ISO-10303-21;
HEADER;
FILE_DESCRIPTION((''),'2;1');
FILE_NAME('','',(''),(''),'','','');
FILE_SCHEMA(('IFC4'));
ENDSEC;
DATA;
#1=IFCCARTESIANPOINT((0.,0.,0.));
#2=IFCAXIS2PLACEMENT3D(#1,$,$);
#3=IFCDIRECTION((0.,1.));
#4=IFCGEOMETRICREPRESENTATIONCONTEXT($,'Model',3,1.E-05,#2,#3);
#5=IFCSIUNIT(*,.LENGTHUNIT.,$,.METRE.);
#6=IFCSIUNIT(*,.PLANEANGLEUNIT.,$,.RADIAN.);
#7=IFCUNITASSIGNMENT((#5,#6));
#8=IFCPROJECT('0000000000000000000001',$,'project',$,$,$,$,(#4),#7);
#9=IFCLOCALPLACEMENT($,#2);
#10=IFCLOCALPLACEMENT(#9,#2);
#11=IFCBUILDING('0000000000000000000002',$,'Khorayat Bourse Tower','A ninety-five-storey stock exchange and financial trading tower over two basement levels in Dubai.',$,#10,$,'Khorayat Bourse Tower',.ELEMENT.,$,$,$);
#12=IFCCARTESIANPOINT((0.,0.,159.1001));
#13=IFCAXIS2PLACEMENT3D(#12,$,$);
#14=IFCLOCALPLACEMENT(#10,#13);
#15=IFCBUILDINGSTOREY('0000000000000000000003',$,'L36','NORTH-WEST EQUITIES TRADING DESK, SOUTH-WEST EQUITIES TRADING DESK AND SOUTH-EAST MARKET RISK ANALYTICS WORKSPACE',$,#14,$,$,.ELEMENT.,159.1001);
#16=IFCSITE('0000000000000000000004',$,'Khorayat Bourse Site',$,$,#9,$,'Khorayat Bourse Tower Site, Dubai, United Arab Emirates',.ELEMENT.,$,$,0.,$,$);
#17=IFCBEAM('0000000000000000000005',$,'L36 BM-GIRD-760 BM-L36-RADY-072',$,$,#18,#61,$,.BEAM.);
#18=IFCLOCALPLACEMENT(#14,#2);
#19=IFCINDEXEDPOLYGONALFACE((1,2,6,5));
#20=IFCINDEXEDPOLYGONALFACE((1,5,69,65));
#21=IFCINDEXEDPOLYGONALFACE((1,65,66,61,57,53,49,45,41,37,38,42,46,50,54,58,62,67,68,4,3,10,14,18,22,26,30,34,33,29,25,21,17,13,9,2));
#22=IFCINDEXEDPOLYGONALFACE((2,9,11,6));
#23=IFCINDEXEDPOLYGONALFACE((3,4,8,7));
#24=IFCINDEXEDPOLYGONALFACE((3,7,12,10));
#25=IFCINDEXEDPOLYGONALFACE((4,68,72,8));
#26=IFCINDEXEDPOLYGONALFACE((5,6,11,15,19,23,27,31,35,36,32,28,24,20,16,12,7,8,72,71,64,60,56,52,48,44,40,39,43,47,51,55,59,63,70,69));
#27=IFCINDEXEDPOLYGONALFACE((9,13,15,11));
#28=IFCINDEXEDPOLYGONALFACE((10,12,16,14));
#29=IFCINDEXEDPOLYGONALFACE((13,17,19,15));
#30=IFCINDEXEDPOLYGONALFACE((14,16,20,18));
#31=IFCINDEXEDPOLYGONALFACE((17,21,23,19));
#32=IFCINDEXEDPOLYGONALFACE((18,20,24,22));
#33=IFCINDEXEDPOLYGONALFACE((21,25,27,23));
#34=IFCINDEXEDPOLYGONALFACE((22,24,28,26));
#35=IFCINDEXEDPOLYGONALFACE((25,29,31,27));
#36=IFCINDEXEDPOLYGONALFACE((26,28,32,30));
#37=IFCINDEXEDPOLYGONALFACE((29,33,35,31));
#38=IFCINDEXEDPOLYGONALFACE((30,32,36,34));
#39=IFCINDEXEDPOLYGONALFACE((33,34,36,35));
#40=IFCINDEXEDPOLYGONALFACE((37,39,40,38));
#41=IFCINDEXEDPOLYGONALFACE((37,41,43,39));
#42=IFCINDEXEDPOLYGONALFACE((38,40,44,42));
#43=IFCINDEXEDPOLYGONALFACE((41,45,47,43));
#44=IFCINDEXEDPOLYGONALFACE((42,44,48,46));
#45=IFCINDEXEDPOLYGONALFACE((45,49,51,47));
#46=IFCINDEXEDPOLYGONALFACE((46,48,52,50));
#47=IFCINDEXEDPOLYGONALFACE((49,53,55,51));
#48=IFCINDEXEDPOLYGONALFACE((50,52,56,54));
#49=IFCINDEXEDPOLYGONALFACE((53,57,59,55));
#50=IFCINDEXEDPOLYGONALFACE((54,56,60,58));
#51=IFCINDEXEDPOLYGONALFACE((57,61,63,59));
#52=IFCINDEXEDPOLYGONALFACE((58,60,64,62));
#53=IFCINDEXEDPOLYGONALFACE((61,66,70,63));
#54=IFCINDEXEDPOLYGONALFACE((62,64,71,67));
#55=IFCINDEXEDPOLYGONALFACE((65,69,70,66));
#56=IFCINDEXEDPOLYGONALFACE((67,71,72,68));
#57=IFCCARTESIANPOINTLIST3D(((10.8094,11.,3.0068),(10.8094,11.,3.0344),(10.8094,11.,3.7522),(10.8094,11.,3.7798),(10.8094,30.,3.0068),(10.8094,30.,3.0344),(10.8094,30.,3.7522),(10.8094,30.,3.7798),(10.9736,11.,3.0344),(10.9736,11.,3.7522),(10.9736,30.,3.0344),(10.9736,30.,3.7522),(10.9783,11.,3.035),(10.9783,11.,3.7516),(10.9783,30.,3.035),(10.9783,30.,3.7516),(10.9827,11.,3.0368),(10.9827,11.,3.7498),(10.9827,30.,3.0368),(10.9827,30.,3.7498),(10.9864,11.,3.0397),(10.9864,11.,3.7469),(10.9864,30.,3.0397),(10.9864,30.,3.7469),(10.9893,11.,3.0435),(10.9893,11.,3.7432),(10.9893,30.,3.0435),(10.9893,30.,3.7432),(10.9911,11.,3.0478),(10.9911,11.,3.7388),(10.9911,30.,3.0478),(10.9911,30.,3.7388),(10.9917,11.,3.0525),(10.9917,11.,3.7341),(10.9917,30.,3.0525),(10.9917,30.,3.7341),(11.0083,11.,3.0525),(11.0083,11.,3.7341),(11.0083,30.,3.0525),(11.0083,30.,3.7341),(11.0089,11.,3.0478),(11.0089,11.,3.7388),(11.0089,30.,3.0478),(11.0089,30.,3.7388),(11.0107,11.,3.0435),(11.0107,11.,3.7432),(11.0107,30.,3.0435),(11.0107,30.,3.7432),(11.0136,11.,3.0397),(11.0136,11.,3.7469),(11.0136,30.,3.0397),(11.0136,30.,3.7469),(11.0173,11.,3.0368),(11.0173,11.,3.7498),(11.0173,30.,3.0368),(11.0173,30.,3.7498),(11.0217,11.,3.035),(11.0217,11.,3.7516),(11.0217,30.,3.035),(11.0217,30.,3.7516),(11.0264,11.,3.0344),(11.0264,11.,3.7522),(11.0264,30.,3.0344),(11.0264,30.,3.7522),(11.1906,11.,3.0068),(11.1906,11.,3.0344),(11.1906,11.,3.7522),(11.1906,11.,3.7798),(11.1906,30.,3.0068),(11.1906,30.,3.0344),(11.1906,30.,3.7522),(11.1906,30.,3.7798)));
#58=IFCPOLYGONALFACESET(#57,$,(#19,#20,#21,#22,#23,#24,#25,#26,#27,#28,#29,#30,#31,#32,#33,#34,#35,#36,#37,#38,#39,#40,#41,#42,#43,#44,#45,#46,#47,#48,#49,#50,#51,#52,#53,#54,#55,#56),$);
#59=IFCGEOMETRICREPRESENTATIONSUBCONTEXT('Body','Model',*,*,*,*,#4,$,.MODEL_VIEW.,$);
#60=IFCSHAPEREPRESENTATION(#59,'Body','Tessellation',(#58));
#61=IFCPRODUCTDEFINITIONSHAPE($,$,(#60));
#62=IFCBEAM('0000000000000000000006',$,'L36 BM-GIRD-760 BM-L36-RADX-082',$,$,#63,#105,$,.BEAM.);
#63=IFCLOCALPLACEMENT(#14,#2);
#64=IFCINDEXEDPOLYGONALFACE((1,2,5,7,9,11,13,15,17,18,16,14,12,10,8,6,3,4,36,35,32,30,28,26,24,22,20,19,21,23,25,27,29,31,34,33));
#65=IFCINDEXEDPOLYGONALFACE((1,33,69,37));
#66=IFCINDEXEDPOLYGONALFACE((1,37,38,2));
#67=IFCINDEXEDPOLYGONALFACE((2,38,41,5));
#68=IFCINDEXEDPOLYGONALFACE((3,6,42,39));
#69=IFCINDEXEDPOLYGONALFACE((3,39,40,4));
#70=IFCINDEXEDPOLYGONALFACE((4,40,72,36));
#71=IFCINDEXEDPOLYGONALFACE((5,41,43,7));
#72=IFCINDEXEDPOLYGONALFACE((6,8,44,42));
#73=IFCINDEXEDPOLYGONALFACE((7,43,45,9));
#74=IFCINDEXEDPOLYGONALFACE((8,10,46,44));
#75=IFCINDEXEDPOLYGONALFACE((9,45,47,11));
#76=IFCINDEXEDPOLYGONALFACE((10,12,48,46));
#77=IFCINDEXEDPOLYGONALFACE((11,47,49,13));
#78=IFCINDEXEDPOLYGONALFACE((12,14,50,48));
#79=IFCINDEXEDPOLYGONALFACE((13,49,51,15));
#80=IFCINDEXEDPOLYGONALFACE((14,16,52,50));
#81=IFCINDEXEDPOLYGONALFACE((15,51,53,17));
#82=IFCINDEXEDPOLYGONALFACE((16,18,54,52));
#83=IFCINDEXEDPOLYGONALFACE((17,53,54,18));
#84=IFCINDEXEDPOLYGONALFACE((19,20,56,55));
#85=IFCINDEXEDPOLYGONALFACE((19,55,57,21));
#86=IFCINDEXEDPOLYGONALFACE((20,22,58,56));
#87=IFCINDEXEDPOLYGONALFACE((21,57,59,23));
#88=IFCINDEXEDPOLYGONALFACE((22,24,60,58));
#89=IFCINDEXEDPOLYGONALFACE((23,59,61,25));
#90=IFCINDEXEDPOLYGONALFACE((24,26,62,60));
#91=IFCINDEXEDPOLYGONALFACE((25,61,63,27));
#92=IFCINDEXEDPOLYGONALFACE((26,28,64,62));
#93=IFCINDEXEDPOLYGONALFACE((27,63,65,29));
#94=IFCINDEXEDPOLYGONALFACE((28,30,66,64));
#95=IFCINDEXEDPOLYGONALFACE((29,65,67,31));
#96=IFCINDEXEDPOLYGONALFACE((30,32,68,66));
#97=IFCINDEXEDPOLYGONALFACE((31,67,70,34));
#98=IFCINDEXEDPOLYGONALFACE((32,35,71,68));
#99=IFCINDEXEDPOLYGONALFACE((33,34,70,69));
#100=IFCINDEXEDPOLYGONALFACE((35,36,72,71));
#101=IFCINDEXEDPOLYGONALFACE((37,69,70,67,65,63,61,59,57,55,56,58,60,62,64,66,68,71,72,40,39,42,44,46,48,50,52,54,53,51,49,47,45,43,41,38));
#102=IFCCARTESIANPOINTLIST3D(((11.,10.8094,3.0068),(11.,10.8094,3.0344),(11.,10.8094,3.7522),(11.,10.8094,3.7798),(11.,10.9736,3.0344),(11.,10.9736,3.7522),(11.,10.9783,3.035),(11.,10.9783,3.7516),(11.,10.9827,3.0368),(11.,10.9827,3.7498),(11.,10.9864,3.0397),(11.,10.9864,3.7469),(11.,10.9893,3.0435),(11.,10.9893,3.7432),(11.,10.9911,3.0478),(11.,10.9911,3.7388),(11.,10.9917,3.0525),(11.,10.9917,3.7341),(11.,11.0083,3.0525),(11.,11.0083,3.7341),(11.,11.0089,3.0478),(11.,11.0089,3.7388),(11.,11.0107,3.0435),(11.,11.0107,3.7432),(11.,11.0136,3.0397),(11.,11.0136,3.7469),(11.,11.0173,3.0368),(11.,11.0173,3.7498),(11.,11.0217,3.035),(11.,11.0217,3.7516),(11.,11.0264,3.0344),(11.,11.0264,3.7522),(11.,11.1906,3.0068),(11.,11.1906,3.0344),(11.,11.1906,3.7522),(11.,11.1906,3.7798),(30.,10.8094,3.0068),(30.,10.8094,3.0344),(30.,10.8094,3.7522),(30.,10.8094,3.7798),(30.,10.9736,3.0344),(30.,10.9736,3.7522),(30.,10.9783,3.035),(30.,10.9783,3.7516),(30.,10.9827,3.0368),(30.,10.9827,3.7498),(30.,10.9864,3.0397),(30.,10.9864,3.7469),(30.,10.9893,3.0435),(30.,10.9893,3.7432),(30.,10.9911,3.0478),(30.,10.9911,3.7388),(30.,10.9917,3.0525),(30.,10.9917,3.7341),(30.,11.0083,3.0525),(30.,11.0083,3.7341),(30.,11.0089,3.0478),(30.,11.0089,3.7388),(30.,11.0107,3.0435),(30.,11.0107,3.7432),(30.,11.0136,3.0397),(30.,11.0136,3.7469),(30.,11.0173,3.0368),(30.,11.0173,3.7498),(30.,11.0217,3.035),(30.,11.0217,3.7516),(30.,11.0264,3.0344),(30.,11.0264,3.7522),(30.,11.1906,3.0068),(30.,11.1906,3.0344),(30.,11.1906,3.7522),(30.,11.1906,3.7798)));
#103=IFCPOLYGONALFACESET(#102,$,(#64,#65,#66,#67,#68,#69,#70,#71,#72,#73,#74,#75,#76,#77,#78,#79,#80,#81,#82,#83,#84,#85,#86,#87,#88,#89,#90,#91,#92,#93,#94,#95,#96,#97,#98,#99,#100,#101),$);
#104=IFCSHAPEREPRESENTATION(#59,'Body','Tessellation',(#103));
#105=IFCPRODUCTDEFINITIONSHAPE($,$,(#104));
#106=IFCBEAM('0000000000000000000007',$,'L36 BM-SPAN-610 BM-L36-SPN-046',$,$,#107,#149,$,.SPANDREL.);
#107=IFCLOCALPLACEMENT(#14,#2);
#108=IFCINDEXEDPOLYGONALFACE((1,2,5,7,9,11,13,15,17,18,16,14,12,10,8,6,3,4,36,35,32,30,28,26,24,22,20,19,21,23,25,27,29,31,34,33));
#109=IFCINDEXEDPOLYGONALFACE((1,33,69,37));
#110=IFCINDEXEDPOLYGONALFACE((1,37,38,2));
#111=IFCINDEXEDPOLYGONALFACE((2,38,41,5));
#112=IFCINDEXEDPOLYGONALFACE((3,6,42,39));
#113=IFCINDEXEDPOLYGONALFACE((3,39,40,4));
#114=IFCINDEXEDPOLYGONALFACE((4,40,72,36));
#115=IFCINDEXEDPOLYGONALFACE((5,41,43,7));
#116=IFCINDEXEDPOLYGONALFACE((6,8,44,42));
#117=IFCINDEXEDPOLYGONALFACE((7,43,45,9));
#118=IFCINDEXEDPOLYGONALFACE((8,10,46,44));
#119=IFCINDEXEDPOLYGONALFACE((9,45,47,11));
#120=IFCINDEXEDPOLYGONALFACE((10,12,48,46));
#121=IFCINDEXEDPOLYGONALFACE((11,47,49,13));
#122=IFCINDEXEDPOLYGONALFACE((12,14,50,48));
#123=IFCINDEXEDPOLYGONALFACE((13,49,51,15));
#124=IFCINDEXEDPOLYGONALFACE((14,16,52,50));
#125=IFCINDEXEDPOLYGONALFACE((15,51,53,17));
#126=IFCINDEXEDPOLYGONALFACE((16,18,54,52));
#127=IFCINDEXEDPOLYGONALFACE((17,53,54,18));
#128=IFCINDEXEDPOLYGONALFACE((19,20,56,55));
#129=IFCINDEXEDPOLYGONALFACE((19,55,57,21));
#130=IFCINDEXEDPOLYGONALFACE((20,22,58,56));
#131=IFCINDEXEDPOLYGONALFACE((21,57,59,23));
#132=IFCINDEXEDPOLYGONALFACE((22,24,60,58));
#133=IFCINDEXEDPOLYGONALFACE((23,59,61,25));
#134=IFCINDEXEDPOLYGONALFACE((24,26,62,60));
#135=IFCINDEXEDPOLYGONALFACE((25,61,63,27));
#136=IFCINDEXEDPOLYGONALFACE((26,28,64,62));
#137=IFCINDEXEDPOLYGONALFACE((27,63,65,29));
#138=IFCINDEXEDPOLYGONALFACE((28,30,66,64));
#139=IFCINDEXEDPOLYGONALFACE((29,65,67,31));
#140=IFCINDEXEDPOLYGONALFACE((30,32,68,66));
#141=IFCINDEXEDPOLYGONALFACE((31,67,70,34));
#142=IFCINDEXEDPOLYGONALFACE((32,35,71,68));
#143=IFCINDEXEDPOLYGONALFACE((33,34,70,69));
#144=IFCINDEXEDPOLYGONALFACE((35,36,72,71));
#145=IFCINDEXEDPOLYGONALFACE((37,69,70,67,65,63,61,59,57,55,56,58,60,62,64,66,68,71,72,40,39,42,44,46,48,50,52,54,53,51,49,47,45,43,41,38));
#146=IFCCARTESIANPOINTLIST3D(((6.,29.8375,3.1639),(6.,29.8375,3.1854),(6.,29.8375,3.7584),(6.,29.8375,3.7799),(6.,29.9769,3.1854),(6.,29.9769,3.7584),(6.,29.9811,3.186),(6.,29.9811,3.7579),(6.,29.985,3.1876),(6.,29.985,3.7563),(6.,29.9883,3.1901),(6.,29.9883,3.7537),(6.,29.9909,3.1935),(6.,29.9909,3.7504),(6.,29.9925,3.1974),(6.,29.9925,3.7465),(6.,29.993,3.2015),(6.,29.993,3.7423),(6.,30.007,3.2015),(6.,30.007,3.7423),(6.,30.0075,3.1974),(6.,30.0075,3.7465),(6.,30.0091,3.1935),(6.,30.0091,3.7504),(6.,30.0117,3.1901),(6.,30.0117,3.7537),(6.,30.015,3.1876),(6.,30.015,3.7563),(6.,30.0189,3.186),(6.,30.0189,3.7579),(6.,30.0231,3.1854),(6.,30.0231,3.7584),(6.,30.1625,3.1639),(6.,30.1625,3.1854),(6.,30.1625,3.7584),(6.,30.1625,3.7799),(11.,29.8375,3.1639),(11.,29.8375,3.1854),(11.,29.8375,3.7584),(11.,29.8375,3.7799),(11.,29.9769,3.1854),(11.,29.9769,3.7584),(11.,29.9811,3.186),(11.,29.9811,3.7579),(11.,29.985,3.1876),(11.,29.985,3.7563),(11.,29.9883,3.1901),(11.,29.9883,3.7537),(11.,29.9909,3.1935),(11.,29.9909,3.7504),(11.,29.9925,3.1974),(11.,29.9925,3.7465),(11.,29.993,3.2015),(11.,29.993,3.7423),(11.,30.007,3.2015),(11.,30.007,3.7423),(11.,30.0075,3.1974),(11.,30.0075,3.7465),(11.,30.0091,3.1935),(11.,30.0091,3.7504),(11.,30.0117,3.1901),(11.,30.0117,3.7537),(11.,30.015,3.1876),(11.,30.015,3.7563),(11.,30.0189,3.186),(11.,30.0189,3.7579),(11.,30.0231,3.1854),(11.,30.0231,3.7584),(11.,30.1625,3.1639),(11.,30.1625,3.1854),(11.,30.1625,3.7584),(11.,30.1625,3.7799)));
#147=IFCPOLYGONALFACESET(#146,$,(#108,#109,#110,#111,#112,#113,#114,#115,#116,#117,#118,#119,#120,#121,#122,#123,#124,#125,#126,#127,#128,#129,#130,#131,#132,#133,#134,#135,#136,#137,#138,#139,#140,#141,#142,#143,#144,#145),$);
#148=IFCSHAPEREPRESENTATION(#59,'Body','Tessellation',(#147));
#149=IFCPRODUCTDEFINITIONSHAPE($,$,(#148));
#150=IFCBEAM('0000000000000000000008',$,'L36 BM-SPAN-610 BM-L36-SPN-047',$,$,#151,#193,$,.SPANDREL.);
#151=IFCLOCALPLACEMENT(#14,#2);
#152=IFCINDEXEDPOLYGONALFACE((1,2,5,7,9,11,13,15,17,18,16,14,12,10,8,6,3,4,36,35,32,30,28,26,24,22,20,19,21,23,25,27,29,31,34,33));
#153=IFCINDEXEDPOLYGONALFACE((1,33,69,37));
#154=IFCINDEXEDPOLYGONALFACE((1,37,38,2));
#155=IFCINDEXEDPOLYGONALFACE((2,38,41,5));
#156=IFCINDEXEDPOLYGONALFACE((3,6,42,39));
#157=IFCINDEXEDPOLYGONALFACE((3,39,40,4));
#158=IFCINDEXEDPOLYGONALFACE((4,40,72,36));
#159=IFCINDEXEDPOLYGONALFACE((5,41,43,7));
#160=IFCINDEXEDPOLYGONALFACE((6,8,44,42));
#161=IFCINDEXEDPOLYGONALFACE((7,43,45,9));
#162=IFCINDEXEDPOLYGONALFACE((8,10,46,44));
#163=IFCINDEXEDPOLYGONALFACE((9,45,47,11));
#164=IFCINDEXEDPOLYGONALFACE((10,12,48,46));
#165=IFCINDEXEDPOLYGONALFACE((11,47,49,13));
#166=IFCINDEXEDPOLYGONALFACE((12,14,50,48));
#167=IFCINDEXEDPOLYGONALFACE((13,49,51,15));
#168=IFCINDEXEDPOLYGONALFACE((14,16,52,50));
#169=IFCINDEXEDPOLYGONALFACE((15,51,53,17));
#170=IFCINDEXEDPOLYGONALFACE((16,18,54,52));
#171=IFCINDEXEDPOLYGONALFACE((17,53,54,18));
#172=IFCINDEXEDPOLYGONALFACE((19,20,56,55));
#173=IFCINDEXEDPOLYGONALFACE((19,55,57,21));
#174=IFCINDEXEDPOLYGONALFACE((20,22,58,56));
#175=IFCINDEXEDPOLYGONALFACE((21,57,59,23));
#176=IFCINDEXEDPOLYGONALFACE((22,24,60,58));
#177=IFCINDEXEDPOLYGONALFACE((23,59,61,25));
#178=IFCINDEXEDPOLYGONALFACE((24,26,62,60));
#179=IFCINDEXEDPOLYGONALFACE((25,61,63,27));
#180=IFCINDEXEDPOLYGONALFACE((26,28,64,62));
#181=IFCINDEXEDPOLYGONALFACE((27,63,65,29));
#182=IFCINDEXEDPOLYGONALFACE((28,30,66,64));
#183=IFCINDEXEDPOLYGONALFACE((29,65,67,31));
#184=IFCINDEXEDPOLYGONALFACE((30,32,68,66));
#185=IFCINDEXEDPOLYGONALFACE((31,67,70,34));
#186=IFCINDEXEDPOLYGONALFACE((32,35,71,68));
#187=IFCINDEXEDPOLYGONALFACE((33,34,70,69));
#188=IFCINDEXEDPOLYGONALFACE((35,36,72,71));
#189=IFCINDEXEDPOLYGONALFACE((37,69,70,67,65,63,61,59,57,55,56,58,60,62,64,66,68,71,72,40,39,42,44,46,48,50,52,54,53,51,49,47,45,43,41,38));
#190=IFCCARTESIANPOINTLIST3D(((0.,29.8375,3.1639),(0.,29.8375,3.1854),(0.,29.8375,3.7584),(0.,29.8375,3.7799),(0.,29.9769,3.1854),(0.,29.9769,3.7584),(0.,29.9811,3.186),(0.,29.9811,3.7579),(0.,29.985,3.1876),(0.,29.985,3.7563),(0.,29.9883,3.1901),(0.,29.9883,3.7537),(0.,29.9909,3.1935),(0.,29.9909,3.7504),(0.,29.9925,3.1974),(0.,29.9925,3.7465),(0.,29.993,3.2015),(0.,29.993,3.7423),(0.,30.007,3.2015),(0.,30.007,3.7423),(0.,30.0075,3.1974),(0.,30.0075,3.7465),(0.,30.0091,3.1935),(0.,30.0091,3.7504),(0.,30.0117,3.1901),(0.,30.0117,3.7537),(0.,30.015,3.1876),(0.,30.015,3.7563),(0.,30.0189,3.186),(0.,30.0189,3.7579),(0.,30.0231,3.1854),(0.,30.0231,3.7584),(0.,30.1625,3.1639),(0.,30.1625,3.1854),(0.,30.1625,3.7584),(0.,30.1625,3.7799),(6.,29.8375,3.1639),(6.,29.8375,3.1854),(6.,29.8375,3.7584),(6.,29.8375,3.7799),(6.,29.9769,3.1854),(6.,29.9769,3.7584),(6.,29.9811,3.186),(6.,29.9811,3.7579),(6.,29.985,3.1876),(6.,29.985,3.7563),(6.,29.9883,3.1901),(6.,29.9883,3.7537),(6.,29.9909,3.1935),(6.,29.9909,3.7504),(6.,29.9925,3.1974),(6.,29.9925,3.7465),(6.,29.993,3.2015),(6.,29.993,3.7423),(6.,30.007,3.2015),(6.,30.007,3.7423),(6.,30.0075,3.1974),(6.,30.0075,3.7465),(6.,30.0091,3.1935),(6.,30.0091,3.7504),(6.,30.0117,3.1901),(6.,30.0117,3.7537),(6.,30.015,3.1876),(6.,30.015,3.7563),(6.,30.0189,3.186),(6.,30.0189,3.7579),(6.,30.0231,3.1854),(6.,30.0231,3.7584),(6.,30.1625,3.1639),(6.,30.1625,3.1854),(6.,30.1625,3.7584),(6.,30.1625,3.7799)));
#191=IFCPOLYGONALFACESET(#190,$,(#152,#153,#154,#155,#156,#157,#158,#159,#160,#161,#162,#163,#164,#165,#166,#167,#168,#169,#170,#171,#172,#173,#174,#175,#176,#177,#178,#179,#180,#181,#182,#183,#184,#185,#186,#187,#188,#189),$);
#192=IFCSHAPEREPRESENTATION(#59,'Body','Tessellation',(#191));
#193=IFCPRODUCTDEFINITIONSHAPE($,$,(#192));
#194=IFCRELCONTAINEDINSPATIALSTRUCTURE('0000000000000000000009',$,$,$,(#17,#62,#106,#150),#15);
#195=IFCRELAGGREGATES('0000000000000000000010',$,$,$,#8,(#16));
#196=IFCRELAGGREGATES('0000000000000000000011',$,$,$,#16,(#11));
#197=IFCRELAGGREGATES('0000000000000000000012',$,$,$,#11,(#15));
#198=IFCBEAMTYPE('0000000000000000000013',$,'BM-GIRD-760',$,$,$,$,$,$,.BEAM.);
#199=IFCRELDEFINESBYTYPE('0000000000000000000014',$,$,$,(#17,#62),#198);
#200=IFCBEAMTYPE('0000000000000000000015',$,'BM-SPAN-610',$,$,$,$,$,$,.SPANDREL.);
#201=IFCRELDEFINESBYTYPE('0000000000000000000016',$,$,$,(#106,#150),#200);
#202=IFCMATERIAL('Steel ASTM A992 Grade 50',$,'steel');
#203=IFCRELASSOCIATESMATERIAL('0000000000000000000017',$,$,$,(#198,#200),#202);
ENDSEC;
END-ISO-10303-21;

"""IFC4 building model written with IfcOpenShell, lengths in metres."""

from ifc_helpers import new_model, si_unit, direction, frame, origin, origin_2d, place, context, subcontext, project, spatial, i_section, extrude, source, transform, mapped, material, material_profile, profile_set, type_object, element, save


model = new_model("IFC4")

# Units and contexts
model_context = context("Model", 3, precision=1e-05, world=origin(), true_north=direction((0.0, 1.0)))
body_context = subcontext(model_context, "Body", "Model", "MODEL_VIEW")
ifc_project = project(units=[si_unit("LENGTHUNIT", "METRE"), si_unit("PLANEANGLEUNIT", "RADIAN")], contexts=[model_context])

# Site, building, storey
site_placement = place(None, origin())
site = spatial("IfcSite", under=ifc_project, at=site_placement, Name="Khorayat Bourse Site", LongName="Khorayat Bourse Tower Site, Dubai, United Arab Emirates", CompositionType="ELEMENT", RefElevation=0.0)
building_placement = place(site_placement, origin())
building = spatial("IfcBuilding", under=site, at=building_placement, Name="Khorayat Bourse Tower", Description="A ninety-five-storey stock exchange and financial trading tower over two basement levels in Dubai.", LongName="Khorayat Bourse Tower", CompositionType="ELEMENT")
storey_placement = place(building_placement, frame((0.0, 0.0, 159.1001)))
storey = spatial("IfcBuildingStorey", under=building, at=storey_placement, Name="L36", Description="NORTH-WEST EQUITIES TRADING DESK, SOUTH-WEST EQUITIES TRADING DESK AND SOUTH-EAST MARKET RISK ANALYTICS WORKSPACE", CompositionType="ELEMENT", Elevation=159.1001)

# Beams
ifc_material_1 = material(Name="Steel ASTM A992 Grade 50", Category="steel")
ifc_material_profile_1 = material_profile(ifc_material_1, i_section(OverallWidth=0.3811, OverallDepth=0.7729, WebThickness=0.0166, FlangeThickness=0.0276, FilletRadius=0.0181, at=origin_2d()), Name="W760X257")
ifc_profile_set_1 = profile_set([ifc_material_profile_1], Name="Steel ASTM A992 Grade 50")
beam_type_1 = type_object("IfcBeamType", Name="BM-GIRD-760", PredefinedType="BEAM", material=ifc_profile_set_1)
shared_shape_1 = source(origin(), body_context, "Body", "SweptSolid", [
    extrude(i_section(OverallWidth=0.3811, OverallDepth=0.7729, WebThickness=0.0166, FlangeThickness=0.0276, FilletRadius=0.0181, at=origin_2d()), origin(), (0.0, 0.0, 1.0), 19.0),
])
for number, where, z_axis, x_axis, name in (
    (1, (11.0, 11.0, 3.3933), (0.0, 1.0, 0.0), (-1.0, 0.0, 0.0), "L36 BM-GIRD-760 BM-L36-RADY-072"),
    (2, (11.0, 11.0, 3.3933), (1.0, 0.0, 0.0), (0.0, 1.0, 0.0), "L36 BM-GIRD-760 BM-L36-RADX-082"),
):
    element("IfcBeam", number, at=place(storey_placement, frame(where, z_axis=z_axis, x_axis=x_axis)), inside=storey, type_object=beam_type_1, Name=name, PredefinedType="BEAM", context=body_context, shape_type="MappedRepresentation", body=[
        mapped(shared_shape_1, transform((0.0, 0.0, 0.0), scale=1.0)),
    ])
ifc_material_profile_2 = material_profile(ifc_material_1, i_section(OverallWidth=0.325, OverallDepth=0.616, WebThickness=0.0139, FlangeThickness=0.0215, FilletRadius=0.0161, at=origin_2d()), Name="W610X174")
ifc_profile_set_2 = profile_set([ifc_material_profile_2], Name="Steel ASTM A992 Grade 50")
beam_type_2 = type_object("IfcBeamType", Name="BM-SPAN-610", PredefinedType="SPANDREL", material=ifc_profile_set_2)
shared_shape_2 = source(origin(), body_context, "Body", "SweptSolid", [
    extrude(i_section(OverallWidth=0.325, OverallDepth=0.616, WebThickness=0.0139, FlangeThickness=0.0215, FilletRadius=0.0161, at=origin_2d()), origin(), (0.0, 0.0, 1.0), 5.0),
])
beam_1_placement = place(storey_placement, frame((6.0, 30.0, 3.4719), z_axis=(1.0, 0.0, 0.0), x_axis=(0.0, 1.0, 0.0)))
element("IfcBeam", 3, at=beam_1_placement, inside=storey, type_object=beam_type_2, Name="L36 BM-SPAN-610 BM-L36-SPN-046", PredefinedType="SPANDREL", context=body_context, shape_type="MappedRepresentation", body=[
    mapped(shared_shape_2, transform((0.0, 0.0, 0.0), scale=1.0)),
])
shared_shape_3 = source(origin(), body_context, "Body", "SweptSolid", [
    extrude(i_section(OverallWidth=0.325, OverallDepth=0.616, WebThickness=0.0139, FlangeThickness=0.0215, FilletRadius=0.0161, at=origin_2d()), origin(), (0.0, 0.0, 1.0), 6.0),
])
beam_2_placement = place(storey_placement, frame((0.0, 30.0, 3.4719), z_axis=(1.0, 0.0, 0.0), x_axis=(0.0, 1.0, 0.0)))
element("IfcBeam", 4, at=beam_2_placement, inside=storey, type_object=beam_type_2, Name="L36 BM-SPAN-610 BM-L36-SPN-047", PredefinedType="SPANDREL", context=body_context, shape_type="MappedRepresentation", body=[
    mapped(shared_shape_3, transform((0.0, 0.0, 0.0), scale=1.0)),
])

save(model, "model.ifc")
